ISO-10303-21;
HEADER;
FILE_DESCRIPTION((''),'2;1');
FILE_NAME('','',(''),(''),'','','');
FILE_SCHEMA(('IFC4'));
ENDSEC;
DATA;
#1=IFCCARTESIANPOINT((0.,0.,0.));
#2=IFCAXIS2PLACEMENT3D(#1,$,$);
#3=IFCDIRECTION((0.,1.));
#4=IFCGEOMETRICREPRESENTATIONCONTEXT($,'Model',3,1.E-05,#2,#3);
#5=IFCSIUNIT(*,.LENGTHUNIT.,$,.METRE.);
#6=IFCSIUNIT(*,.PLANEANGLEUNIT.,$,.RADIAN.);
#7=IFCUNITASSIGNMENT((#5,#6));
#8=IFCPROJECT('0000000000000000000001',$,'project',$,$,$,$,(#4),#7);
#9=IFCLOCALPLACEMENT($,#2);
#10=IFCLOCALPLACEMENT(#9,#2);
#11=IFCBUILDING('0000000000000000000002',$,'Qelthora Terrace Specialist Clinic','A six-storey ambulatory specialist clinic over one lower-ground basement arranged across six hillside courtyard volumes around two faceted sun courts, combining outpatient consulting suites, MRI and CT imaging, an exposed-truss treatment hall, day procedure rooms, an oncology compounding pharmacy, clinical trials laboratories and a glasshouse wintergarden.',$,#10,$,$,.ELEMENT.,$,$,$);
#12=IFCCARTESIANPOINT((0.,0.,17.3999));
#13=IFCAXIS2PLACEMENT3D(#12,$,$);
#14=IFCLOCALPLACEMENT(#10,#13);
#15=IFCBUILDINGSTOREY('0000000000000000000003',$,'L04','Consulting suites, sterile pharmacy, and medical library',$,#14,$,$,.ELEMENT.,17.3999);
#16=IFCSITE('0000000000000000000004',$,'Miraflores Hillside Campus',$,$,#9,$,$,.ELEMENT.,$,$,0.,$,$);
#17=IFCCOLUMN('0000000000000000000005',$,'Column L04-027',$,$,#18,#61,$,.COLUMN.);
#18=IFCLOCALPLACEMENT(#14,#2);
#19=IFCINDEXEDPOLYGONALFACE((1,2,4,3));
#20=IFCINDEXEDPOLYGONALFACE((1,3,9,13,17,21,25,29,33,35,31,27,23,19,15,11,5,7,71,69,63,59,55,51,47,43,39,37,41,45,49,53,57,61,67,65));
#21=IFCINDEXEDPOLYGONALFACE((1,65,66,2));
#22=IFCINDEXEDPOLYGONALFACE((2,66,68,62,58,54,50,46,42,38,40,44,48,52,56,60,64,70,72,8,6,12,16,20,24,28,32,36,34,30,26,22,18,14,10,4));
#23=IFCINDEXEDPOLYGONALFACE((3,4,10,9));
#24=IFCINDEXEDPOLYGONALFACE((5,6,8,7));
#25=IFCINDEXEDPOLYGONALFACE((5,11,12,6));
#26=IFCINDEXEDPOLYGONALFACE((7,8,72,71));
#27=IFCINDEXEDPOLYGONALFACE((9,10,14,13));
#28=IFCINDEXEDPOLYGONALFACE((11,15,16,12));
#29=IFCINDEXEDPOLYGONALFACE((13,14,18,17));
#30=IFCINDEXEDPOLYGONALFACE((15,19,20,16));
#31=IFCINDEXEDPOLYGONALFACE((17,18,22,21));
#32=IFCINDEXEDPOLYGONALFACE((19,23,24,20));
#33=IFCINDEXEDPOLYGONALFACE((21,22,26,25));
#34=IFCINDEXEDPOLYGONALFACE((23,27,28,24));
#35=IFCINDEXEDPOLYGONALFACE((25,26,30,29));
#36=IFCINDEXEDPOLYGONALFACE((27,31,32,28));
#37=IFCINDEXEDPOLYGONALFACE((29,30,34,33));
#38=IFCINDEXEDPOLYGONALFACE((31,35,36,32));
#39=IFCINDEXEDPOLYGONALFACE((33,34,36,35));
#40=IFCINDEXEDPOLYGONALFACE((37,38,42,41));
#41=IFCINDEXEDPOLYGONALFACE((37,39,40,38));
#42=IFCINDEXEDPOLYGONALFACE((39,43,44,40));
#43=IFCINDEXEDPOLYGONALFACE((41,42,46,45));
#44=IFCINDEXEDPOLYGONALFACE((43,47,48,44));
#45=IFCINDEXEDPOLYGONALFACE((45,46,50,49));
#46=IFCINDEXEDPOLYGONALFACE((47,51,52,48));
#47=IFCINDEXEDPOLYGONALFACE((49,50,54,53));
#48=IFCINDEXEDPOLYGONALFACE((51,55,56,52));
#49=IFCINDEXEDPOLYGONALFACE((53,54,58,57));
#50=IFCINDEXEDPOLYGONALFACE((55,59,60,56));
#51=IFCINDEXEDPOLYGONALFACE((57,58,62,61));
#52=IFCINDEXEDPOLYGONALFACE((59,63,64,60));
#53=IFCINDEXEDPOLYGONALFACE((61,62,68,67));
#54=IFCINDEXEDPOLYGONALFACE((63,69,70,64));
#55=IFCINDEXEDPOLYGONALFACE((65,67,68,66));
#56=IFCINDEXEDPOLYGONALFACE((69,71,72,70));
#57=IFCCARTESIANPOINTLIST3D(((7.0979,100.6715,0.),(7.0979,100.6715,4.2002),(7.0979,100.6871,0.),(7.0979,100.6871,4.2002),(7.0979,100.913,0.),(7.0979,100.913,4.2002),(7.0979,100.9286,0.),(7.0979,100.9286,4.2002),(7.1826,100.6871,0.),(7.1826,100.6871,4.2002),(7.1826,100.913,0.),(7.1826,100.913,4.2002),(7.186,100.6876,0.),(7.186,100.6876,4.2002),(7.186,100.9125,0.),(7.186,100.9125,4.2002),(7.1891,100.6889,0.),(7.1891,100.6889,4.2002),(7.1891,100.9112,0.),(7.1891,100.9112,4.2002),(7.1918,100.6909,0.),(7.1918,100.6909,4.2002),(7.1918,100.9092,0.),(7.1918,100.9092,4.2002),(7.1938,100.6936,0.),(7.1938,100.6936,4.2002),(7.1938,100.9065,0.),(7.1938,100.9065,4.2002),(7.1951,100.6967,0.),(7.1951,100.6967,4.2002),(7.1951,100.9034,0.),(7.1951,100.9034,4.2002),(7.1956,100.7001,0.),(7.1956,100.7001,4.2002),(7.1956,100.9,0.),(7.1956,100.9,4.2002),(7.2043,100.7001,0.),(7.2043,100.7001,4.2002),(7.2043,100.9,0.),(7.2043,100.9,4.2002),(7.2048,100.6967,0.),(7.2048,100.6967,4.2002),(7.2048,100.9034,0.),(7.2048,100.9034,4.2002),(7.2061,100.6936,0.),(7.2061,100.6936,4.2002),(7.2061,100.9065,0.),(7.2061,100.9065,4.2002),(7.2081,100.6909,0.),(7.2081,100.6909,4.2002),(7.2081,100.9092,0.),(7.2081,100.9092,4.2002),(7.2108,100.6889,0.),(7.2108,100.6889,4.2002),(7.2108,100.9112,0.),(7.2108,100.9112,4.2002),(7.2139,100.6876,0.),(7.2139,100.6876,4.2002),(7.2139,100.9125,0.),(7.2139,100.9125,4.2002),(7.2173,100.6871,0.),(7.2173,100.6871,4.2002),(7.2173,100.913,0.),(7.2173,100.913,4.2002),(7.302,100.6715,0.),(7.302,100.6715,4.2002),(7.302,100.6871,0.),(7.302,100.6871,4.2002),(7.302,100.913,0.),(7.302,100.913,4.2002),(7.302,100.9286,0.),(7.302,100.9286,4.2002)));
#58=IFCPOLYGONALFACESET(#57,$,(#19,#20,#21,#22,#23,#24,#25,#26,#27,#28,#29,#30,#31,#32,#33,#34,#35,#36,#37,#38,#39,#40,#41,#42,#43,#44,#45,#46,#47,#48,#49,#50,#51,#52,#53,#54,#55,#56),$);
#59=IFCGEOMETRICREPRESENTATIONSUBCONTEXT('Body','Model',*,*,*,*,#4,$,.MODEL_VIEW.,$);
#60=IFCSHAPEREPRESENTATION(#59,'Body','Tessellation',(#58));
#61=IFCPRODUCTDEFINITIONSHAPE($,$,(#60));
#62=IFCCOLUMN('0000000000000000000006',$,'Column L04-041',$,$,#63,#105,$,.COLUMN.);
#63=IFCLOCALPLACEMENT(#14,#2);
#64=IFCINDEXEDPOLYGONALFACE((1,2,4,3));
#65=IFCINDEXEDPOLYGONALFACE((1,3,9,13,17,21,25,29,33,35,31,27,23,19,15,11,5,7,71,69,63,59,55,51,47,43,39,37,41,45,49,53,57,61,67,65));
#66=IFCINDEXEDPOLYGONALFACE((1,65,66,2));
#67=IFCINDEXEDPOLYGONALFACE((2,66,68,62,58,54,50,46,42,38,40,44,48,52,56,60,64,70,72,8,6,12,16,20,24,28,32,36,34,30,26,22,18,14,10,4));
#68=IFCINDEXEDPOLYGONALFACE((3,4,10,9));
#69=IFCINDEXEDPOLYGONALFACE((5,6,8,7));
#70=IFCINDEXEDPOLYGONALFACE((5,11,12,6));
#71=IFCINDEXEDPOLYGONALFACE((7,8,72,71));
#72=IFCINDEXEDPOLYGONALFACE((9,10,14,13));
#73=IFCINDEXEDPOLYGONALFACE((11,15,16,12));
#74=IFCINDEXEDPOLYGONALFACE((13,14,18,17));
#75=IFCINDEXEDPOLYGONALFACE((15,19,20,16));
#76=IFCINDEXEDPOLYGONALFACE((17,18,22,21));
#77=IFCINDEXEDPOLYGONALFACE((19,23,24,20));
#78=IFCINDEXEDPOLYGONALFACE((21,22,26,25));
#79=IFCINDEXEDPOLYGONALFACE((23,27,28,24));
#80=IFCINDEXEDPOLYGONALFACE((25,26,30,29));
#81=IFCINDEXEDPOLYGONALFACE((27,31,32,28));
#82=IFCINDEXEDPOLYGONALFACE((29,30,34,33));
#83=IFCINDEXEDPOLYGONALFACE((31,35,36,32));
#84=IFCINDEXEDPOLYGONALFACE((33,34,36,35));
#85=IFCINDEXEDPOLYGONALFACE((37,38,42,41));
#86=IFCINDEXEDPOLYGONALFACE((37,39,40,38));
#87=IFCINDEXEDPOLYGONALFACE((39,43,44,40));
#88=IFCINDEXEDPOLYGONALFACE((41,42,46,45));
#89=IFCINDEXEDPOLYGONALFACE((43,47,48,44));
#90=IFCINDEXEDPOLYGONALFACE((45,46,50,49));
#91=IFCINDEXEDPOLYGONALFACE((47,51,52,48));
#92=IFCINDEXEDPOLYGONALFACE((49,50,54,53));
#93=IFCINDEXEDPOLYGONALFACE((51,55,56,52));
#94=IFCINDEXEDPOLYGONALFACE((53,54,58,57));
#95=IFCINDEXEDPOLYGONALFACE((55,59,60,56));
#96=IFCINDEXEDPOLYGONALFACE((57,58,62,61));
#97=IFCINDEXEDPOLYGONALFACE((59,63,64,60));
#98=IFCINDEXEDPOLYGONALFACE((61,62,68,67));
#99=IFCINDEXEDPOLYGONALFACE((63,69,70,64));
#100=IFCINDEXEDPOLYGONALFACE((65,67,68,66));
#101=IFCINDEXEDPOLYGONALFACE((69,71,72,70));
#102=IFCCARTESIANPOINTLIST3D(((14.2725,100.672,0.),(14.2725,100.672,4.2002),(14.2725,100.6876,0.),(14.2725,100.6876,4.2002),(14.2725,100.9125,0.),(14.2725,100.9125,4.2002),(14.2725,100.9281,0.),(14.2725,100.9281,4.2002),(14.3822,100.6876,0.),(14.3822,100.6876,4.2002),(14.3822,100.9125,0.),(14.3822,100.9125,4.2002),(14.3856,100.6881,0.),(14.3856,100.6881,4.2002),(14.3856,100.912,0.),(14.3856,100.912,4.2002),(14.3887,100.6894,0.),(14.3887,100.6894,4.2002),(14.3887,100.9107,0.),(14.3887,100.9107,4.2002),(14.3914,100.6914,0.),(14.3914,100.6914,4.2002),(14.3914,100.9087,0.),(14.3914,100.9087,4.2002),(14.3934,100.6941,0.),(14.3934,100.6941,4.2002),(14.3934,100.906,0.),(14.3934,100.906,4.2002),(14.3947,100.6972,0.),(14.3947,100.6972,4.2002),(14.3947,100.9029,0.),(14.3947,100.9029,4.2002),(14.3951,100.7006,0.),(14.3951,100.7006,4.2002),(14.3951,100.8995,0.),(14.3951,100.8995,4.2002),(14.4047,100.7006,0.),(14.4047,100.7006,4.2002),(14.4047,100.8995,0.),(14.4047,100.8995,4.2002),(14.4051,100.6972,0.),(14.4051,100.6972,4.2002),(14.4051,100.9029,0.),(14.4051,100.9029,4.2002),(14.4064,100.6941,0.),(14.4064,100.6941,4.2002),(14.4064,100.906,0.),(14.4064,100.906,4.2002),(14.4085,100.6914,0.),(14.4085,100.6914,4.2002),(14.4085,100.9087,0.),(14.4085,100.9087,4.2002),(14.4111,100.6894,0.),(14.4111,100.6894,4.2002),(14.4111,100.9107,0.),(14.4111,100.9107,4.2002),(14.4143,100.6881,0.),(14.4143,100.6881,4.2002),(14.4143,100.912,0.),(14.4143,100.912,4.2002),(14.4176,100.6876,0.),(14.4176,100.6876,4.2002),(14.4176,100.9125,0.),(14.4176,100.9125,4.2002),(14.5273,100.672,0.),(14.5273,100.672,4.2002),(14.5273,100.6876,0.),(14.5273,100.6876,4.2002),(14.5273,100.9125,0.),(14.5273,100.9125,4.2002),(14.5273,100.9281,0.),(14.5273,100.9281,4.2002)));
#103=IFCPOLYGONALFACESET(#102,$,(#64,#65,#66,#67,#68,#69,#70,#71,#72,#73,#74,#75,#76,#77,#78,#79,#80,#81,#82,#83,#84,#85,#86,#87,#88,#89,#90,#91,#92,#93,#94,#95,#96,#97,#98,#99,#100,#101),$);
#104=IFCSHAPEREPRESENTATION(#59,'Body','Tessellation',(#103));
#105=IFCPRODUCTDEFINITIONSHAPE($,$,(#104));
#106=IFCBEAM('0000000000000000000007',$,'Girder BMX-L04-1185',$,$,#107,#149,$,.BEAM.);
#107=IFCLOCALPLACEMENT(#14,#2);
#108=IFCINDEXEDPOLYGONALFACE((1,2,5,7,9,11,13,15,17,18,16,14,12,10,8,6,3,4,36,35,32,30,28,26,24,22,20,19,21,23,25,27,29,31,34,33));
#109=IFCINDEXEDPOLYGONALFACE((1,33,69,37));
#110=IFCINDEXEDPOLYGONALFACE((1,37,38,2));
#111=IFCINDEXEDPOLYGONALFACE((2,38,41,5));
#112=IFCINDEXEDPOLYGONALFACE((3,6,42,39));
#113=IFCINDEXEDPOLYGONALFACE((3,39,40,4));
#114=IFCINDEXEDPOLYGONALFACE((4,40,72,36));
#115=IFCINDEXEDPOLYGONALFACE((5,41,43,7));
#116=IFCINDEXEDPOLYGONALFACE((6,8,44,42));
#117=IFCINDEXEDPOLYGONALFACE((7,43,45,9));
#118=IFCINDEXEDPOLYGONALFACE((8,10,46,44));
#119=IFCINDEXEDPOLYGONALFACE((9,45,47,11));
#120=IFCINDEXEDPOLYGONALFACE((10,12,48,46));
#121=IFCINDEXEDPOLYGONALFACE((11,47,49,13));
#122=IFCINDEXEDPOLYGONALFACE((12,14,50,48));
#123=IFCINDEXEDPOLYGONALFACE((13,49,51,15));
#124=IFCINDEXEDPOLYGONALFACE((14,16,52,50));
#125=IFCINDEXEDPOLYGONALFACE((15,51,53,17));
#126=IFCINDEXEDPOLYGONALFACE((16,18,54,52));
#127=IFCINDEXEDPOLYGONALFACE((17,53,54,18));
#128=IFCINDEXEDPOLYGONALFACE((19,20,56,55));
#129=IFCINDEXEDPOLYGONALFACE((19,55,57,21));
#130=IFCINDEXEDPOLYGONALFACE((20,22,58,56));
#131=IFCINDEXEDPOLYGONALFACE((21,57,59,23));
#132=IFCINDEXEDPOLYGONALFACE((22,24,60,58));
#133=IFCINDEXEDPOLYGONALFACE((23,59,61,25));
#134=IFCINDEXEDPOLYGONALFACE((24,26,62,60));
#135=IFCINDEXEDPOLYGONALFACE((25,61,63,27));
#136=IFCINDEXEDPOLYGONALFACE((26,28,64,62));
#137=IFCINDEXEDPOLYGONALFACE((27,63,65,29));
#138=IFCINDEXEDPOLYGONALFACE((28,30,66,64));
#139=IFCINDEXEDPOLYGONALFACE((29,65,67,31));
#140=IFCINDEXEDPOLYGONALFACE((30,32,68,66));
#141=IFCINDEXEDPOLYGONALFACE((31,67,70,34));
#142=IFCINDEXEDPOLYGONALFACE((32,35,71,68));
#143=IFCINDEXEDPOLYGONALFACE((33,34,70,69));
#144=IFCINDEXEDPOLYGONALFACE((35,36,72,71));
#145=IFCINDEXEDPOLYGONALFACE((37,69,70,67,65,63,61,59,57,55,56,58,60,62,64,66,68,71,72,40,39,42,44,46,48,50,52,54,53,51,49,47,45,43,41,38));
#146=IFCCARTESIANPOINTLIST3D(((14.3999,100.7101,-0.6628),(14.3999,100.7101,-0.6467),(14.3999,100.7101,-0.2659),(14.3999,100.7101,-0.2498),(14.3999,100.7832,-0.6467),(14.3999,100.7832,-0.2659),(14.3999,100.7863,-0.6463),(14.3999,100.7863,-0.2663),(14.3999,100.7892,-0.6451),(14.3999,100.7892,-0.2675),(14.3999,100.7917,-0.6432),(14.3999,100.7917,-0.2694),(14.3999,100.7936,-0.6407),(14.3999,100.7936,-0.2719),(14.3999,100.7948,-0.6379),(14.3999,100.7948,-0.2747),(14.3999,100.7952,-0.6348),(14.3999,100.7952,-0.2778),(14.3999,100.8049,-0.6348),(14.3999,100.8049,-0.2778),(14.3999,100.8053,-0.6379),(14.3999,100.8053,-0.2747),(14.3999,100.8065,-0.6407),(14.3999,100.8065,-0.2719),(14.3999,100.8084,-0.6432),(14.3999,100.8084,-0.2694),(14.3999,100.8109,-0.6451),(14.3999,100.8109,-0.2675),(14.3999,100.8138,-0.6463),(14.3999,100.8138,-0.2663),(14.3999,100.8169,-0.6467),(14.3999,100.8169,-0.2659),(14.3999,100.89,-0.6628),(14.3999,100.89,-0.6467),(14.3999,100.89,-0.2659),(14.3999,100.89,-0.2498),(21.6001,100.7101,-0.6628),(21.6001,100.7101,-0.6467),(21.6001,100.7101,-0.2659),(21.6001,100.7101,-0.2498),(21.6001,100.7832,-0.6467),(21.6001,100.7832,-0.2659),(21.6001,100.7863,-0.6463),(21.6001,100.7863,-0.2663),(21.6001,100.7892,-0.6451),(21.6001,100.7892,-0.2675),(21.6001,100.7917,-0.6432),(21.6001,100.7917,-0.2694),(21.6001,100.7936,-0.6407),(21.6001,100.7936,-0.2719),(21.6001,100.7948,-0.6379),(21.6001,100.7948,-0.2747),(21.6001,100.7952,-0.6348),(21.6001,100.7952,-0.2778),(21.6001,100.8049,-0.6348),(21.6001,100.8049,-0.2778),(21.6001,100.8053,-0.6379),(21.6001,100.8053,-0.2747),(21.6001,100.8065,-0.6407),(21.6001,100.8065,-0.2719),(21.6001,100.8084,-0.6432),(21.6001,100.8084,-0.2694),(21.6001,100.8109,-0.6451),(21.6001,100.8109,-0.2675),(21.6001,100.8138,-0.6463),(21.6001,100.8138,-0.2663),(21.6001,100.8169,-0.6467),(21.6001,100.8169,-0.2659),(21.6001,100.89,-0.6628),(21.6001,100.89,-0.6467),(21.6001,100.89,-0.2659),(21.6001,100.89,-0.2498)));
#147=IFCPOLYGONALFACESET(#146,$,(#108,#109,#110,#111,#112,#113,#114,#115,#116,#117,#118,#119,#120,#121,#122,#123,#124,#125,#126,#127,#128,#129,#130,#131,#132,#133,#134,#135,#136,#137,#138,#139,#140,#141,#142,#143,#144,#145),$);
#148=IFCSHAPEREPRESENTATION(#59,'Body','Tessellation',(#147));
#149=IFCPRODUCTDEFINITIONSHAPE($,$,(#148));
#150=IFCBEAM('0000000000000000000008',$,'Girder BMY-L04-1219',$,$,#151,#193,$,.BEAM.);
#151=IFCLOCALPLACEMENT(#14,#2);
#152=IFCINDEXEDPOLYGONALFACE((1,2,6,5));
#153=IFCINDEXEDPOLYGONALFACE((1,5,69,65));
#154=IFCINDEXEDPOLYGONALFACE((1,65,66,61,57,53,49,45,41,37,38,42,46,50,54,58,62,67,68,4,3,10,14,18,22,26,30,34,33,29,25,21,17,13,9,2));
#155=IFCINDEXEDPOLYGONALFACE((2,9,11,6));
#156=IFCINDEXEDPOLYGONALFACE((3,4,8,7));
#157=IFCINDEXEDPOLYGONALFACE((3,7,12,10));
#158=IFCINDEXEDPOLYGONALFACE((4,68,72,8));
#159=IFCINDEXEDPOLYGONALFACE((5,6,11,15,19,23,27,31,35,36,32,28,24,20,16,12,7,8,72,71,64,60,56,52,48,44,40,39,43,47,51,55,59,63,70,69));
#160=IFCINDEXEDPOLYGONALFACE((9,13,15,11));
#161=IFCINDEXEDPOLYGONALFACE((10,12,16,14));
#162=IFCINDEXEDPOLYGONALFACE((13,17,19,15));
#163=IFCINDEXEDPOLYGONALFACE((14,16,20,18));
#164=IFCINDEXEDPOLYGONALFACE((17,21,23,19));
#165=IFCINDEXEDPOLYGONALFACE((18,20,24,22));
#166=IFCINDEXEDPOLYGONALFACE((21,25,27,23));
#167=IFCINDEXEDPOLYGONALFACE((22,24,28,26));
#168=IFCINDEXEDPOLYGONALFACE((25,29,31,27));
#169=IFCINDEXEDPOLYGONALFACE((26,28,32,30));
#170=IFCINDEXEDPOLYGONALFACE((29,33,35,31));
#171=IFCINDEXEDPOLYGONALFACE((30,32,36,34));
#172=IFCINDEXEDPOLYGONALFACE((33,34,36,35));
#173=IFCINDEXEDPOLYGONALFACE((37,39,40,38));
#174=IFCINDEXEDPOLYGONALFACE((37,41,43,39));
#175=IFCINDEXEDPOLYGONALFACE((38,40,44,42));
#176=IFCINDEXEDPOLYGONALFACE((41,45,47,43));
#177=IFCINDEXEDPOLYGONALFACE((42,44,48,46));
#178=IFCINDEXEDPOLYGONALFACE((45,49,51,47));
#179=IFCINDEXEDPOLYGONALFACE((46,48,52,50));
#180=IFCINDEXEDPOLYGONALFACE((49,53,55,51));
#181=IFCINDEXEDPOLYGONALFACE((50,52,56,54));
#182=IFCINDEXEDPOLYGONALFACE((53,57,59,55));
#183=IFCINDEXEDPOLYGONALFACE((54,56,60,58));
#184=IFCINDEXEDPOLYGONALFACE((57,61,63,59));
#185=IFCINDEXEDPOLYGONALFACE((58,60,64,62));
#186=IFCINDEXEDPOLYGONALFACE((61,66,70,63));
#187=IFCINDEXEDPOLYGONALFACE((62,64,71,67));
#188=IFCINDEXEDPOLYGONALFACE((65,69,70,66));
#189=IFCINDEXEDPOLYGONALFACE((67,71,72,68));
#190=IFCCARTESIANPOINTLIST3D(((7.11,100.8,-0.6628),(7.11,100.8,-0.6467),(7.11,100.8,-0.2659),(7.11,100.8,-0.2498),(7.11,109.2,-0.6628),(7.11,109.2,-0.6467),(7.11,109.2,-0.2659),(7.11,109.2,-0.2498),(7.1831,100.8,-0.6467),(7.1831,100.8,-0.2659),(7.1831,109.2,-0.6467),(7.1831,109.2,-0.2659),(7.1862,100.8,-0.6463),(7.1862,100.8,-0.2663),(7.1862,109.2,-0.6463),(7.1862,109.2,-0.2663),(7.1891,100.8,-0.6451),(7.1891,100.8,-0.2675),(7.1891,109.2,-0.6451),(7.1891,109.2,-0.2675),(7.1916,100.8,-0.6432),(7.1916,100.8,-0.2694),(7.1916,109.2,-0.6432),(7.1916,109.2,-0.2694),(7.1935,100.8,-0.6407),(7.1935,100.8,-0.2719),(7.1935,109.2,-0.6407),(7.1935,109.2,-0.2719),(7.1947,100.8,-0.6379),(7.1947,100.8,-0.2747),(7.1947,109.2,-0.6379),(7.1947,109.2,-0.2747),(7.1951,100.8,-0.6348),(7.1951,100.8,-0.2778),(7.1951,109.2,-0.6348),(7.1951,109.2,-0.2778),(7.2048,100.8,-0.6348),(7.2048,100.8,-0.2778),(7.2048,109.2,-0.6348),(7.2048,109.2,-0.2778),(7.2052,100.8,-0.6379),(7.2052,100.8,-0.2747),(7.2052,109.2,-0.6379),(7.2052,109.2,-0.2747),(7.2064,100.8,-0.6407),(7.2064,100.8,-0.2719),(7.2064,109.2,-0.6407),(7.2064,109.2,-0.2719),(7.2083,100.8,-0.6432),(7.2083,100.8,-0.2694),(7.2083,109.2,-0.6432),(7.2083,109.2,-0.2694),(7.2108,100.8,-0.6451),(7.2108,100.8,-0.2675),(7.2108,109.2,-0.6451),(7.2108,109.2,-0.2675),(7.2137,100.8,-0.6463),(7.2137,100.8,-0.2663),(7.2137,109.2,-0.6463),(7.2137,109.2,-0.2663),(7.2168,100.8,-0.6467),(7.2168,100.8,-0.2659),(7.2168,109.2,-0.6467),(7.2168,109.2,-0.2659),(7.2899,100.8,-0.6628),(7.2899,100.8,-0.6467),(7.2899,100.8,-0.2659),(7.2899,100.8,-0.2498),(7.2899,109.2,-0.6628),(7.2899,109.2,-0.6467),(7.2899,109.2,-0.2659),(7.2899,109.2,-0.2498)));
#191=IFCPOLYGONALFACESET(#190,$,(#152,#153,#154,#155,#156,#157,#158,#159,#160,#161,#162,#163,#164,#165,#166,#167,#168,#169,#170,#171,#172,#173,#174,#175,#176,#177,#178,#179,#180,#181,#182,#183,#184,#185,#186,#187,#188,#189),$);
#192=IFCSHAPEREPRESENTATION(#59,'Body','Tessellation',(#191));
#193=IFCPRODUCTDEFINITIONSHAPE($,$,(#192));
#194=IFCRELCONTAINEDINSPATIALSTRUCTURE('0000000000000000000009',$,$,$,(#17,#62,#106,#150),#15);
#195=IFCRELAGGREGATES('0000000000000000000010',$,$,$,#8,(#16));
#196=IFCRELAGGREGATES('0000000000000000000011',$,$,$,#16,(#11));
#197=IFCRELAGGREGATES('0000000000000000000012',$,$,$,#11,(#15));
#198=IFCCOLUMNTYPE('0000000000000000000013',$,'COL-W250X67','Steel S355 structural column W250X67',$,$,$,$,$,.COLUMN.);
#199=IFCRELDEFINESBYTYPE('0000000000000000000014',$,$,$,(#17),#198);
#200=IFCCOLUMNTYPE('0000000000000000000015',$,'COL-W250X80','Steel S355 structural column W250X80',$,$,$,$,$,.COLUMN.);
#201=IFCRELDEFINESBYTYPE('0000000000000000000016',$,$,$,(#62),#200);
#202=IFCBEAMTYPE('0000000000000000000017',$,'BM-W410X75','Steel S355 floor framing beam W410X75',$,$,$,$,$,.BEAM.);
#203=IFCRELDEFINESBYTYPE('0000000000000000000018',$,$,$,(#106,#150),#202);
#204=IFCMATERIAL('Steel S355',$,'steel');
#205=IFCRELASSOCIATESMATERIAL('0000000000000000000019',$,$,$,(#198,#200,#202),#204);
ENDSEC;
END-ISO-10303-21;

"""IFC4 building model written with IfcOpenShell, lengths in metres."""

from ifc_helpers import new_model, si_unit, direction, frame, origin, origin_2d, place, context, subcontext, project, spatial, i_section, extrude, material, material_profile, profile_set, type_object, element, save


model = new_model("IFC4")

# Units and contexts
model_context = context("Model", 3, precision=1e-05, world=origin(), true_north=direction((0.0, 1.0)))
body_context = subcontext(model_context, "Body", "Model", "MODEL_VIEW")
ifc_project = project(units=[si_unit("LENGTHUNIT", "METRE"), si_unit("PLANEANGLEUNIT", "RADIAN")], contexts=[model_context])

# Site, building, storey
site_placement = place(None, origin())
site = spatial("IfcSite", under=ifc_project, at=site_placement, Name="Miraflores Hillside Campus", CompositionType="ELEMENT", RefElevation=0.0)
building_placement = place(site_placement, origin())
building = spatial("IfcBuilding", under=site, at=building_placement, Name="Qelthora Terrace Specialist Clinic", Description="A six-storey ambulatory specialist clinic over one lower-ground basement arranged across six hillside courtyard volumes around two faceted sun courts, combining outpatient consulting suites, MRI and CT imaging, an exposed-truss treatment hall, day procedure rooms, an oncology compounding pharmacy, clinical trials laboratories and a glasshouse wintergarden.", CompositionType="ELEMENT")
storey_placement = place(building_placement, frame((0.0, 0.0, 17.3999)))
storey = spatial("IfcBuildingStorey", under=building, at=storey_placement, Name="L04", Description="Consulting suites, sterile pharmacy, and medical library", CompositionType="ELEMENT", Elevation=17.3999)

# Columns
ifc_material_1 = material(Name="Steel S355", Category="steel")
ifc_material_profile_1 = material_profile(ifc_material_1, i_section(OverallWidth=0.2041, OverallDepth=0.2571, WebThickness=0.0088, FlangeThickness=0.0156, FilletRadius=0.0129, at=origin_2d()), Name="W250X67")
ifc_profile_set_1 = profile_set([ifc_material_profile_1], Name="Steel S355")
column_type_1 = type_object("IfcColumnType", Name="COL-W250X67", Description="Steel S355 structural column W250X67", PredefinedType="COLUMN", material=ifc_profile_set_1)
column_1_placement = place(storey_placement, frame((7.2, 100.8, 0.0), z_axis=(0.0, 0.0, 1.0), x_axis=(1.0, 0.0, 0.0)))
element("IfcColumn", 1, at=column_1_placement, inside=storey, type_object=column_type_1, Name="Column L04-027", PredefinedType="COLUMN", context=body_context, shape_type="SweptSolid", body=[
    extrude(i_section(OverallWidth=0.2041, OverallDepth=0.2571, WebThickness=0.0088, FlangeThickness=0.0156, FilletRadius=0.0129, at=origin_2d()), origin(), (0.0, 0.0, 1.0), 4.2002),
])
ifc_material_profile_2 = material_profile(ifc_material_1, i_section(OverallWidth=0.2549, OverallDepth=0.2561, WebThickness=0.0095, FlangeThickness=0.0156, FilletRadius=0.0129, at=origin_2d()), Name="W250X80")
ifc_profile_set_2 = profile_set([ifc_material_profile_2], Name="Steel S355")
column_type_2 = type_object("IfcColumnType", Name="COL-W250X80", Description="Steel S355 structural column W250X80", PredefinedType="COLUMN", material=ifc_profile_set_2)
column_2_placement = place(storey_placement, frame((14.3999, 100.8, 0.0), z_axis=(0.0, 0.0, 1.0), x_axis=(1.0, 0.0, 0.0)))
element("IfcColumn", 2, at=column_2_placement, inside=storey, type_object=column_type_2, Name="Column L04-041", PredefinedType="COLUMN", context=body_context, shape_type="SweptSolid", body=[
    extrude(i_section(OverallWidth=0.2549, OverallDepth=0.2561, WebThickness=0.0095, FlangeThickness=0.0156, FilletRadius=0.0129, at=origin_2d()), origin(), (0.0, 0.0, 1.0), 4.2002),
])

# Beams
ifc_material_profile_3 = material_profile(ifc_material_1, i_section(OverallWidth=0.1799, OverallDepth=0.4131, WebThickness=0.0098, FlangeThickness=0.0161, FilletRadius=0.012, at=origin_2d()), Name="W410X75")
ifc_profile_set_3 = profile_set([ifc_material_profile_3], Name="Steel S355")
beam_type_1 = type_object("IfcBeamType", Name="BM-W410X75", Description="Steel S355 floor framing beam W410X75", PredefinedType="BEAM", material=ifc_profile_set_3)
beam_1_placement = place(storey_placement, frame((14.3999, 100.8, -0.4563), z_axis=(1.0, 0.0, 0.0), x_axis=(0.0, 1.0, 0.0)))
element("IfcBeam", 3, at=beam_1_placement, inside=storey, type_object=beam_type_1, Name="Girder BMX-L04-1185", PredefinedType="BEAM", context=body_context, shape_type="SweptSolid", body=[
    extrude(i_section(OverallWidth=0.1799, OverallDepth=0.4131, WebThickness=0.0098, FlangeThickness=0.0161, FilletRadius=0.012, at=origin_2d()), origin(), (0.0, 0.0, 1.0), 7.2002),
])
beam_2_placement = place(storey_placement, frame((7.2, 100.8, -0.4563), z_axis=(0.0, 1.0, 0.0), x_axis=(-1.0, 0.0, 0.0)))
element("IfcBeam", 4, at=beam_2_placement, inside=storey, type_object=beam_type_1, Name="Girder BMY-L04-1219", PredefinedType="BEAM", context=body_context, shape_type="SweptSolid", body=[
    extrude(i_section(OverallWidth=0.1799, OverallDepth=0.4131, WebThickness=0.0098, FlangeThickness=0.0161, FilletRadius=0.012, at=origin_2d()), origin(), (0.0, 0.0, 1.0), 8.3999),
])

save(model, "model.ifc")
